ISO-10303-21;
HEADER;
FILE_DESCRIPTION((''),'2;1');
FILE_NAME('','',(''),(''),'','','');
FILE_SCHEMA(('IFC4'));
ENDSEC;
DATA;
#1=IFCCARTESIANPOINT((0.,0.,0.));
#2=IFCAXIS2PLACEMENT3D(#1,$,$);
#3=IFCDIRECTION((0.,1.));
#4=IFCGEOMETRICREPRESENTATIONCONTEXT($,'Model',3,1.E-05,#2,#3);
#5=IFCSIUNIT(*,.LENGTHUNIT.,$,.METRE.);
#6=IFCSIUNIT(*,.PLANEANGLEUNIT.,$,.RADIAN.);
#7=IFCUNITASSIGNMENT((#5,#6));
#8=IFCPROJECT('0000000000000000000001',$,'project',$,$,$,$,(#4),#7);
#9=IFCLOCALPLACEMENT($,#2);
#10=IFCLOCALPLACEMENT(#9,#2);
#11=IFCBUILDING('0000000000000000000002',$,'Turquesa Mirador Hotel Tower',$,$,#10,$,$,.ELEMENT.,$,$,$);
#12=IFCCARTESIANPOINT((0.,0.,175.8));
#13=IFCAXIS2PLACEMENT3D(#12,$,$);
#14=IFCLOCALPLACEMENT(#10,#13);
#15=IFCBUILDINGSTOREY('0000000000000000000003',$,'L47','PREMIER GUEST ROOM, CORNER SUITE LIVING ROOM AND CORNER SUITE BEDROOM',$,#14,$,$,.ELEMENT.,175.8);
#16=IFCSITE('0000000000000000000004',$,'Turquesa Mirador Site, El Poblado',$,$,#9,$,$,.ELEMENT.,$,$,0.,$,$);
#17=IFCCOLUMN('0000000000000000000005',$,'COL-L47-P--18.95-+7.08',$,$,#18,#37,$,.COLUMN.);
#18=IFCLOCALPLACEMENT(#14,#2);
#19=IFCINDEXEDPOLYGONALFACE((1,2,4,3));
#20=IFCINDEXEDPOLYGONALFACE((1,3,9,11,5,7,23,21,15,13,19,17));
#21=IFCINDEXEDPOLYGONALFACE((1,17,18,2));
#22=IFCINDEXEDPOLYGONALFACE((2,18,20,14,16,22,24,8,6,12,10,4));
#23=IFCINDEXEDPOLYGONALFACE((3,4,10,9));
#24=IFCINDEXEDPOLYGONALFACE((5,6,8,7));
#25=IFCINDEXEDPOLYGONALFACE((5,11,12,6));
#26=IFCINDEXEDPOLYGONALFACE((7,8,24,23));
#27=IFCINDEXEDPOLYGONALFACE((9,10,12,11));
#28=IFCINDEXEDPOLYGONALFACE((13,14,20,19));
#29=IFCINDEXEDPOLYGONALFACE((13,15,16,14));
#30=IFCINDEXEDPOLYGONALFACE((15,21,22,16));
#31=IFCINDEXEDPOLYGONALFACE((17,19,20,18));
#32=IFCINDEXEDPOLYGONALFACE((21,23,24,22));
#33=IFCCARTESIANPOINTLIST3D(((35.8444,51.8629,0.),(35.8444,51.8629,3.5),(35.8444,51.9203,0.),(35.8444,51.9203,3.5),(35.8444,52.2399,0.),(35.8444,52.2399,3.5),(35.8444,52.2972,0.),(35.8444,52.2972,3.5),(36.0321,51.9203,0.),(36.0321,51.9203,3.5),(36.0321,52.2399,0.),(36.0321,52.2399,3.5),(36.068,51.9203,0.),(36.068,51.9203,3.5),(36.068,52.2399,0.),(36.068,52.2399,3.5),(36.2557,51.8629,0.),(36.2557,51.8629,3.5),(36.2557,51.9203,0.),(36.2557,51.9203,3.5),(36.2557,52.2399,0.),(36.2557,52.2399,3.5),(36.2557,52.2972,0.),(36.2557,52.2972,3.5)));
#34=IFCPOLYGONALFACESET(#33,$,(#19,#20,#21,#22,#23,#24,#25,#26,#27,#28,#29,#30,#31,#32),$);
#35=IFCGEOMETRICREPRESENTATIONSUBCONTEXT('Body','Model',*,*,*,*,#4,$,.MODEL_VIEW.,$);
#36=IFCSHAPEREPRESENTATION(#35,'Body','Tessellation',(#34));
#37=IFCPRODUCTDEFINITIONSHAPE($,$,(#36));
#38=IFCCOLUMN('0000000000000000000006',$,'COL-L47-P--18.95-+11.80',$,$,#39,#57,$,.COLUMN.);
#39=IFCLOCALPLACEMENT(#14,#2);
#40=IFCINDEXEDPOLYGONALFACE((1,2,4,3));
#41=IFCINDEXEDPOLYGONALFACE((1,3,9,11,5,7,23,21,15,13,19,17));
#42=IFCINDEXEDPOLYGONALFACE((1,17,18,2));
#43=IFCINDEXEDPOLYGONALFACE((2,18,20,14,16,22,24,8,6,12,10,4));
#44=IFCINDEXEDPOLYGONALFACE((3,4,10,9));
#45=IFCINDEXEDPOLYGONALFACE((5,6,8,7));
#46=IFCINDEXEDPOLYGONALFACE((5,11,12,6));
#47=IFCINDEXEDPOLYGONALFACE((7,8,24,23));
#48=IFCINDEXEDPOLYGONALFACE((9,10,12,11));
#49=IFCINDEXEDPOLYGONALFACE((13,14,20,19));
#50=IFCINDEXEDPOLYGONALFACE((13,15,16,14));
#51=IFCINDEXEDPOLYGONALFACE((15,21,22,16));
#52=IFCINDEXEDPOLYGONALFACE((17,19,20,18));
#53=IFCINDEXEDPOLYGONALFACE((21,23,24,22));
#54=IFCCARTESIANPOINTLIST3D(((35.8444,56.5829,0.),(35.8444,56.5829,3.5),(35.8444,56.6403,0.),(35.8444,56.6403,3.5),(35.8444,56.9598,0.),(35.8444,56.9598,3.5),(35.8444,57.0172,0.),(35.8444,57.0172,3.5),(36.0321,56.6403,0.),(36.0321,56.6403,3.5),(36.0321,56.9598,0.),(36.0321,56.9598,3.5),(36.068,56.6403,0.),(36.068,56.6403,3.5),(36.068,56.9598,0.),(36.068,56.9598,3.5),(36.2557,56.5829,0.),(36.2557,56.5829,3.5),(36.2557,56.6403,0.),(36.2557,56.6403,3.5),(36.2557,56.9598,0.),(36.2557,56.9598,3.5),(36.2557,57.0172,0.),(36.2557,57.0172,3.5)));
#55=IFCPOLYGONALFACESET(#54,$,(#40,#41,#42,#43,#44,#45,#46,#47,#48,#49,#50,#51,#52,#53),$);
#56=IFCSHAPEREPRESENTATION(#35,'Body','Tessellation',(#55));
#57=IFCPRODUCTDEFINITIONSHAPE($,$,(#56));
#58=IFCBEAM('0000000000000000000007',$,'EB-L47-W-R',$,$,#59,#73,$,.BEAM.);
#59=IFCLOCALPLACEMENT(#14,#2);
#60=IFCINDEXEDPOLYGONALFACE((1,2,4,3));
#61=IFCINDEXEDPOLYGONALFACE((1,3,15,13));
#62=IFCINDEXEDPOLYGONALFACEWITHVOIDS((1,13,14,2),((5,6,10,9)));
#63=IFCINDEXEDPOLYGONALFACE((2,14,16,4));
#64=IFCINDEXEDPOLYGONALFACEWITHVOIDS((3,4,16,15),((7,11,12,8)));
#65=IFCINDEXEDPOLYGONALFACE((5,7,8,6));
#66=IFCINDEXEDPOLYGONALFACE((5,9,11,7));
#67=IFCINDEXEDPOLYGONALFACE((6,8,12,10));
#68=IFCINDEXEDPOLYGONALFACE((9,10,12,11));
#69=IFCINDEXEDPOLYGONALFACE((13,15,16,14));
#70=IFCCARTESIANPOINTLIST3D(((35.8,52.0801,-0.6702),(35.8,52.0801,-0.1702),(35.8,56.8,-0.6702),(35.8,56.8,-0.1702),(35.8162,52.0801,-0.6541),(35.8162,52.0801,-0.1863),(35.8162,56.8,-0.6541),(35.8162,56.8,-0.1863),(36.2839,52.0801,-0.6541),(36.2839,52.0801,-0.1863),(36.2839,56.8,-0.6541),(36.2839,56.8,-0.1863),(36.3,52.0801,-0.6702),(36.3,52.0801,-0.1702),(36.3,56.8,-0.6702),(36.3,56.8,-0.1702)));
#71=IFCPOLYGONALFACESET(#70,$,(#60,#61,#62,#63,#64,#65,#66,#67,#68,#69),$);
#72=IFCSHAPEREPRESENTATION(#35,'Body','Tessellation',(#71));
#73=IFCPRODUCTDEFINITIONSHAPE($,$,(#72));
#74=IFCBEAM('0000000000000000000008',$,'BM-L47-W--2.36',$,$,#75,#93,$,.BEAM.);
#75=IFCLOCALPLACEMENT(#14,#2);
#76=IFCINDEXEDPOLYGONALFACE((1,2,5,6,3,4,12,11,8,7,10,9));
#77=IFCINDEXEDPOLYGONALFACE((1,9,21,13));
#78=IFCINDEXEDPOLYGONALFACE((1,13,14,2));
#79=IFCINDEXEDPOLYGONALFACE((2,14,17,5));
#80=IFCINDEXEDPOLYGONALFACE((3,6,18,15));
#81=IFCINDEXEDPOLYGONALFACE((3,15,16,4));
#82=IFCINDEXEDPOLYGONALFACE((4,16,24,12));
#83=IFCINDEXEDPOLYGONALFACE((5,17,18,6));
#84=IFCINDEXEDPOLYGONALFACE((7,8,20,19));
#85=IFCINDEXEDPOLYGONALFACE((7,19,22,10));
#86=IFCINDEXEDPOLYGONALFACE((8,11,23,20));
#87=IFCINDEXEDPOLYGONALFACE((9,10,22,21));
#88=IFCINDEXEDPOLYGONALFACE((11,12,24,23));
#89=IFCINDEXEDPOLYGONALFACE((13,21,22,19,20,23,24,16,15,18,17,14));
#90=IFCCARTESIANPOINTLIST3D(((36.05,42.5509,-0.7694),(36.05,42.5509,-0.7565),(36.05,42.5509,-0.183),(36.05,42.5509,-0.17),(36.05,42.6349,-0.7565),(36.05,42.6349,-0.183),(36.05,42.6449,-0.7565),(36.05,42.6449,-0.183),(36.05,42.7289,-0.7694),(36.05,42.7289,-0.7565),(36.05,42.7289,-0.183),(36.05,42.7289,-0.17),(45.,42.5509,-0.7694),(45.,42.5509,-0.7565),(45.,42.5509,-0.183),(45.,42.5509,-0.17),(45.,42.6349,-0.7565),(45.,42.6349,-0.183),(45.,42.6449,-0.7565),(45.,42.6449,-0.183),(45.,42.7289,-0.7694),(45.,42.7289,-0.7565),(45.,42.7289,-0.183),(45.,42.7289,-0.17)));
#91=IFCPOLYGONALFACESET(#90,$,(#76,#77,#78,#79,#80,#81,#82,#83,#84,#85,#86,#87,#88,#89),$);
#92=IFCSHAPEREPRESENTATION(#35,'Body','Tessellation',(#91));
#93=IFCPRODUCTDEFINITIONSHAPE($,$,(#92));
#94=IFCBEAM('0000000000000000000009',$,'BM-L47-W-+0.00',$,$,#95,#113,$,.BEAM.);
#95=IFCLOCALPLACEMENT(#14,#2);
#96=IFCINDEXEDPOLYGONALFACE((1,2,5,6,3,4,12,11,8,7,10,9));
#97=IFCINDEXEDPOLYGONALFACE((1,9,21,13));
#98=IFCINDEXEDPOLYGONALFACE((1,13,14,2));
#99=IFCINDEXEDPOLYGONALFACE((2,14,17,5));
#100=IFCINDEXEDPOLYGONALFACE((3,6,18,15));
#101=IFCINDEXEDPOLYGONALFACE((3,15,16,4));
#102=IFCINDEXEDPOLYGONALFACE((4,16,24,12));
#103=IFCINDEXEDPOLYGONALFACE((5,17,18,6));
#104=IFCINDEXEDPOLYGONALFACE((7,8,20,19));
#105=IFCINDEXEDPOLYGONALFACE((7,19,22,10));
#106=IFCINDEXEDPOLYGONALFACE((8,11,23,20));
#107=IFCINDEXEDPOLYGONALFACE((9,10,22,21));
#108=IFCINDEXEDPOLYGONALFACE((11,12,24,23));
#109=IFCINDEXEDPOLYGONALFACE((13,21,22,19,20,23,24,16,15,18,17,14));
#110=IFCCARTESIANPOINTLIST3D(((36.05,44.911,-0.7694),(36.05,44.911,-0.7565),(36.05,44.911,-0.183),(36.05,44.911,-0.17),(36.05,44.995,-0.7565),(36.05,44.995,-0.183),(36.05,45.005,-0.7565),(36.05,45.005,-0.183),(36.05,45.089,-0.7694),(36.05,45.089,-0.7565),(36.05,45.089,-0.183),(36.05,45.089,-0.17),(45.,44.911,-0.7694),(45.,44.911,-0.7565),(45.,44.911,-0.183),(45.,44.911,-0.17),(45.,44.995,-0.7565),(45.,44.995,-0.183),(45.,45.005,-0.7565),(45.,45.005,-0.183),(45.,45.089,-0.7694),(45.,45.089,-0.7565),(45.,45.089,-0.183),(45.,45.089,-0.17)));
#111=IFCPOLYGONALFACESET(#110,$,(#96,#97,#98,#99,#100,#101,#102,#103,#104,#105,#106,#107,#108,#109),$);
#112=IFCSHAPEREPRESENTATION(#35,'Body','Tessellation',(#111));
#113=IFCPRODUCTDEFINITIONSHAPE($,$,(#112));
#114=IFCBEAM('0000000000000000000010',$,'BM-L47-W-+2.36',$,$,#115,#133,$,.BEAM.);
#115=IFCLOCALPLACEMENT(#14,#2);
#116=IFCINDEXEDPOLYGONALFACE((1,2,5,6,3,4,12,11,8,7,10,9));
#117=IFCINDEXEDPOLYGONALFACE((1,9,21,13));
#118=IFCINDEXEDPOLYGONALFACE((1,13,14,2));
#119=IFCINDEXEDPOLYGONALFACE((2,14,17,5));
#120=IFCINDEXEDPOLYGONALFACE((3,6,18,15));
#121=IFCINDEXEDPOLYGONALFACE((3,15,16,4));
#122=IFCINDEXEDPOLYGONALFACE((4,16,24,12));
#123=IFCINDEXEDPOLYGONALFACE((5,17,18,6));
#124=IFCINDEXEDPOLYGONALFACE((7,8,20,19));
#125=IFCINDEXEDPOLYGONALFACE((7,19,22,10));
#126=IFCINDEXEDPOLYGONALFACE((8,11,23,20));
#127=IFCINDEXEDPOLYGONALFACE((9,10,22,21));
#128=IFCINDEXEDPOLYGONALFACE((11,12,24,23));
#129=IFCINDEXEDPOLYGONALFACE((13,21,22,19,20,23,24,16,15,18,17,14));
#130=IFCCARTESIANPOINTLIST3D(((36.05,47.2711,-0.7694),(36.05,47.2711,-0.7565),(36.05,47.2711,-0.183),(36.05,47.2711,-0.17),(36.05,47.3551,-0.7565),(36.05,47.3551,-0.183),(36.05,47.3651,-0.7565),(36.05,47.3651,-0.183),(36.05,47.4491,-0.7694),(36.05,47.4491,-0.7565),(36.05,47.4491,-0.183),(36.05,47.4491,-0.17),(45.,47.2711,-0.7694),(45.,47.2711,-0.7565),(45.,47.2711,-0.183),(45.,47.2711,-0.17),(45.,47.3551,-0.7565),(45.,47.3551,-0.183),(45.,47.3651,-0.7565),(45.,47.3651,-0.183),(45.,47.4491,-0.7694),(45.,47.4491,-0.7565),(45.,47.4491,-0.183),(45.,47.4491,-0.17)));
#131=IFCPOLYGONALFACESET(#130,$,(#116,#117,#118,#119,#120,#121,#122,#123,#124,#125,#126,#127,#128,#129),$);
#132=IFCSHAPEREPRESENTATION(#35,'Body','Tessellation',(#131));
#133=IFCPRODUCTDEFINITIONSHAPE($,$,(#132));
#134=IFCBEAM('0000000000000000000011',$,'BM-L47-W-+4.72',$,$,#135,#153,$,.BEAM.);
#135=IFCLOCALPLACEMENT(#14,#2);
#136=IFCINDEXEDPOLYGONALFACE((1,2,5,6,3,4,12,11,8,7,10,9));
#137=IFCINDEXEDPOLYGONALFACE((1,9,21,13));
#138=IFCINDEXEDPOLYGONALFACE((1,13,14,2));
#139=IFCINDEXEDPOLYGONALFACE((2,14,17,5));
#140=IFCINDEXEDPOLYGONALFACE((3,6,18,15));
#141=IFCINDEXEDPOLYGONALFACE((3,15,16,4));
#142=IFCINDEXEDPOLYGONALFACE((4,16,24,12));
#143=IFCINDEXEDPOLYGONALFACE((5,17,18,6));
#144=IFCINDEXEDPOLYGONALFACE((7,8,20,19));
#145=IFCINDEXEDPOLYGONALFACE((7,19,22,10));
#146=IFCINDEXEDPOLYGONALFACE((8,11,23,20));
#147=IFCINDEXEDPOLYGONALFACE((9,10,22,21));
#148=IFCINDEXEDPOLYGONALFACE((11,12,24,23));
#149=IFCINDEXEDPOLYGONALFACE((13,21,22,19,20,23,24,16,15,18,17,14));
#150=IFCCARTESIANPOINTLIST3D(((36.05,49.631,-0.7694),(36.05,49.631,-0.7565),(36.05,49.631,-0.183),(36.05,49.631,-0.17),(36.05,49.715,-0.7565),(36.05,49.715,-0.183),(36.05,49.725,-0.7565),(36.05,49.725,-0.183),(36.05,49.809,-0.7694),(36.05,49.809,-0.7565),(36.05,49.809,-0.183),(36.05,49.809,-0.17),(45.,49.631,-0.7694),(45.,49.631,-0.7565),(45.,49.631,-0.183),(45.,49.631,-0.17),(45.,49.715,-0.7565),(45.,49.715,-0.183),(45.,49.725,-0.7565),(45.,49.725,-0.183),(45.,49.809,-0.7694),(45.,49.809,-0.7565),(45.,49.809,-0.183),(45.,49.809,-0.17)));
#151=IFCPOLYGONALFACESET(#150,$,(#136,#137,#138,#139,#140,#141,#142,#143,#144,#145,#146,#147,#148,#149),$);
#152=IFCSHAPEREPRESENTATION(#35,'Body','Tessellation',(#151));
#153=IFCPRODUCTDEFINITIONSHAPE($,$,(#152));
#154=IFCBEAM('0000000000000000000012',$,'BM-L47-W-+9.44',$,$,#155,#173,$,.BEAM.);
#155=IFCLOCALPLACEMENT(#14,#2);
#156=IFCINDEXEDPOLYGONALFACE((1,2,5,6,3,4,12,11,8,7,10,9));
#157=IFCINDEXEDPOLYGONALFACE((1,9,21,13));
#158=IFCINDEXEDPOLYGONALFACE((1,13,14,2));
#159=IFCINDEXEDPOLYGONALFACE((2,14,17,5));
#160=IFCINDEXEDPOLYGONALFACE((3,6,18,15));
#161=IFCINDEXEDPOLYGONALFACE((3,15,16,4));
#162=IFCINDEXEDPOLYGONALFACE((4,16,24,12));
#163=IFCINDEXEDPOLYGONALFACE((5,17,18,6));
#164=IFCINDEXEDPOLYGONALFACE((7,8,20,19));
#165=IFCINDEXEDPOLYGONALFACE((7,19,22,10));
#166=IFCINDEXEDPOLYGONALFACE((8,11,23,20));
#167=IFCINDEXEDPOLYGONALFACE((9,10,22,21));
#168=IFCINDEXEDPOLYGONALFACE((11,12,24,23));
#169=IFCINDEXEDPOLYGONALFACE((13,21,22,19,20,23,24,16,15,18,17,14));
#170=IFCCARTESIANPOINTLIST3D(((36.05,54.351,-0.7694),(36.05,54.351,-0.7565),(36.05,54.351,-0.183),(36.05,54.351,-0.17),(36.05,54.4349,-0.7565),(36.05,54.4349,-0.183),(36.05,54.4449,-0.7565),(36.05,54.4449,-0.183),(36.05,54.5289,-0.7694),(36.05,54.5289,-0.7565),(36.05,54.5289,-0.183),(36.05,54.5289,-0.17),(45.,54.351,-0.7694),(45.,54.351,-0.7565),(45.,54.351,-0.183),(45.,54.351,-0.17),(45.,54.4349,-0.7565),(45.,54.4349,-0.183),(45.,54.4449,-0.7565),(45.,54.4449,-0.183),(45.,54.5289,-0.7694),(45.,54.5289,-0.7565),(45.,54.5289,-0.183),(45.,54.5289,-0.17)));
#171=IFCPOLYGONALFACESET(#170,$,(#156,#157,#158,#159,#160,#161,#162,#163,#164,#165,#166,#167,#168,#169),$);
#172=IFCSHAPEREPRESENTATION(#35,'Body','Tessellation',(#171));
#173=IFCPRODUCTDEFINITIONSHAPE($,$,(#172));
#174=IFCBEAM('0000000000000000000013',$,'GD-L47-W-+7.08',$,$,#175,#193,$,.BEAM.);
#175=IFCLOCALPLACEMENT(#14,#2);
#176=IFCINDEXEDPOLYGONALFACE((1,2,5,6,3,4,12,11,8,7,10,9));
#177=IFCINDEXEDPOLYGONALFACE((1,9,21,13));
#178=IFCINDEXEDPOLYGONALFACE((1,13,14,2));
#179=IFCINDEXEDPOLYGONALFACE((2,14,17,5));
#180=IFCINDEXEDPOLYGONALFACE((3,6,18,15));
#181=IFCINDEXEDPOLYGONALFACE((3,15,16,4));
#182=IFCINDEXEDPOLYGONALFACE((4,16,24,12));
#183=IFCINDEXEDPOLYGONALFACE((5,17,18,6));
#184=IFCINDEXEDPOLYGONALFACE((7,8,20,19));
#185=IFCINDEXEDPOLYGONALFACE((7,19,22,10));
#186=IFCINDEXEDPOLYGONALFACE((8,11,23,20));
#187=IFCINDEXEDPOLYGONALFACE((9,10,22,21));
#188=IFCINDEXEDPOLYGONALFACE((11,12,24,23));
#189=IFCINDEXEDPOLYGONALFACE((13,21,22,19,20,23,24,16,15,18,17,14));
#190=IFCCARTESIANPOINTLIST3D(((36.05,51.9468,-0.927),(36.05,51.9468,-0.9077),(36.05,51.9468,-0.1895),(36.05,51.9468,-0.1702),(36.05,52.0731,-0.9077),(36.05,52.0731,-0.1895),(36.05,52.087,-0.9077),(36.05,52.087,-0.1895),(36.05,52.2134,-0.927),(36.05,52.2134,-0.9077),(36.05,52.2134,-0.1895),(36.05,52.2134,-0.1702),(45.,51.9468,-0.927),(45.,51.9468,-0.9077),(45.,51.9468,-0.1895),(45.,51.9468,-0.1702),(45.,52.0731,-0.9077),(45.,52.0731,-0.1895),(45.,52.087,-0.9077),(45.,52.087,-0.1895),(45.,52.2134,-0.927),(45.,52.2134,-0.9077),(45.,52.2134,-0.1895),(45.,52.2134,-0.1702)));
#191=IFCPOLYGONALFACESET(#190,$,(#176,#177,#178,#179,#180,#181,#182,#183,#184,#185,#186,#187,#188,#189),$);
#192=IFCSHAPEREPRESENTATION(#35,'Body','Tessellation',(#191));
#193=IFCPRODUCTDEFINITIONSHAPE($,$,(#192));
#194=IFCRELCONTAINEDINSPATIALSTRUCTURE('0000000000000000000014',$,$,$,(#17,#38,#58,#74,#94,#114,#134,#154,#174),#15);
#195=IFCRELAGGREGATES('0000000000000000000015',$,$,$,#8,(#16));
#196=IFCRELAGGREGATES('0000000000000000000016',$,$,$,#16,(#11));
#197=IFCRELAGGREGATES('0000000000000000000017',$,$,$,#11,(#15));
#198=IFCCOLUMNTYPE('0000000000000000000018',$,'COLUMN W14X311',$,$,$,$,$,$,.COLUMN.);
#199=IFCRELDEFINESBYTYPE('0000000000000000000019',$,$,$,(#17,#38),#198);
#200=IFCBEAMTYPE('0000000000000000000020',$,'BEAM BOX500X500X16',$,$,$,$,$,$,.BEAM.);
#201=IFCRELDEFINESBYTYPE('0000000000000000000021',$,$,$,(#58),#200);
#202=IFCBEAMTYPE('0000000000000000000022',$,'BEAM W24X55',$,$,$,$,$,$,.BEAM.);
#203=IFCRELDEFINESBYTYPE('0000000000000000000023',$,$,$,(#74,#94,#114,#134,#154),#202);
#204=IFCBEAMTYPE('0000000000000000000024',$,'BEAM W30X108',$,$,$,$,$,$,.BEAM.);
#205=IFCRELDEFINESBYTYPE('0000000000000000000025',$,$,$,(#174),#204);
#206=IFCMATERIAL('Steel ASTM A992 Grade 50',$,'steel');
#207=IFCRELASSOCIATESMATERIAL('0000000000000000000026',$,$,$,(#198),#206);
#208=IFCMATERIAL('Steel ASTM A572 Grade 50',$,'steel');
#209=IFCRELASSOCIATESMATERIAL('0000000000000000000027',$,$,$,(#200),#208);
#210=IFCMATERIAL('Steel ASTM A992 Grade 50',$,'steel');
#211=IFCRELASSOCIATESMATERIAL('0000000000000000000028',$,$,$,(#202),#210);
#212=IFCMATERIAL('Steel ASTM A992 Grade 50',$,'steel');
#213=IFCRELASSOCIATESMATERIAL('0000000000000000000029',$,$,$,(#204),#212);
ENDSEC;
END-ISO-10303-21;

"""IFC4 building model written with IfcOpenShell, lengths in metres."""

from ifc_helpers import new_model, si_unit, direction, frame, origin, origin_2d, place, context, subcontext, project, spatial, hollow_rectangle, i_section, extrude, material, material_profile, profile_set, type_object, element, save


model = new_model("IFC4")

# Units and contexts
model_context = context("Model", 3, precision=1e-05, world=origin(), true_north=direction((0.0, 1.0)))
body_context = subcontext(model_context, "Body", "Model", "MODEL_VIEW")
ifc_project = project(units=[si_unit("LENGTHUNIT", "METRE"), si_unit("PLANEANGLEUNIT", "RADIAN")], contexts=[model_context])

# Site, building, storey
site_placement = place(None, origin())
site = spatial("IfcSite", under=ifc_project, at=site_placement, Name="Turquesa Mirador Site, El Poblado", CompositionType="ELEMENT", RefElevation=0.0)
building_placement = place(site_placement, origin())
building = spatial("IfcBuilding", under=site, at=building_placement, Name="Turquesa Mirador Hotel Tower", CompositionType="ELEMENT")
storey_placement = place(building_placement, frame((0.0, 0.0, 175.8)))
storey = spatial("IfcBuildingStorey", under=building, at=storey_placement, Name="L47", Description="PREMIER GUEST ROOM, CORNER SUITE LIVING ROOM AND CORNER SUITE BEDROOM", CompositionType="ELEMENT", Elevation=175.8)

# Columns
ifc_material_1 = material(Name="Steel ASTM A992 Grade 50", Category="steel")
ifc_material_profile_1 = material_profile(ifc_material_1, i_section(OverallWidth=0.4114, OverallDepth=0.4343, WebThickness=0.0359, FlangeThickness=0.0574, at=origin_2d()), Name="W14X311")
ifc_profile_set_1 = profile_set([ifc_material_profile_1], Name="Steel ASTM A992 Grade 50")
column_type = type_object("IfcColumnType", Name="COLUMN W14X311", PredefinedType="COLUMN", material=ifc_profile_set_1)
for number, where, z_axis, x_axis, name in (
    (1, (36.05, 52.0801, 0.0), (0.0, 0.0, 1.0), (1.0, 0.0, 0.0), "COL-L47-P--18.95-+7.08"),
    (2, (36.05, 56.8, 0.0), (0.0, 0.0, 1.0), (1.0, 0.0, 0.0), "COL-L47-P--18.95-+11.80"),
):
    element("IfcColumn", number, at=place(storey_placement, frame(where, z_axis=z_axis, x_axis=x_axis)), inside=storey, type_object=column_type, Name=name, PredefinedType="COLUMN", context=body_context, shape_type="SweptSolid", body=[
        extrude(i_section(OverallWidth=0.4114, OverallDepth=0.4343, WebThickness=0.0359, FlangeThickness=0.0574, at=origin_2d()), origin(), (0.0, 0.0, 1.0), 3.5),
    ])

# Beams
ifc_material_2 = material(Name="Steel ASTM A572 Grade 50", Category="steel")
ifc_material_profile_2 = material_profile(ifc_material_2, hollow_rectangle(XDim=0.5, YDim=0.5, WallThickness=0.0161, at=origin_2d()), Name="BOX500X500X16")
ifc_profile_set_2 = profile_set([ifc_material_profile_2], Name="Steel ASTM A572 Grade 50")
beam_type_1 = type_object("IfcBeamType", Name="BEAM BOX500X500X16", PredefinedType="BEAM", material=ifc_profile_set_2)
beam_1_placement = place(storey_placement, frame((36.05, 52.0801, -0.4202), z_axis=(0.0, 1.0, 0.0), x_axis=(-1.0, 0.0, 0.0)))
element("IfcBeam", 3, at=beam_1_placement, inside=storey, type_object=beam_type_1, Name="EB-L47-W-R", PredefinedType="BEAM", context=body_context, shape_type="SweptSolid", body=[
    extrude(hollow_rectangle(XDim=0.5, YDim=0.5, WallThickness=0.0161, at=origin_2d()), origin(), (0.0, 0.0, 1.0), 4.72),
])
ifc_material_3 = material(Name="Steel ASTM A992 Grade 50", Category="steel")
ifc_material_profile_3 = material_profile(ifc_material_3, i_section(OverallWidth=0.178, OverallDepth=0.5994, WebThickness=0.01, FlangeThickness=0.0129, at=origin_2d()), Name="W24X55")
ifc_profile_set_3 = profile_set([ifc_material_profile_3], Name="Steel ASTM A992 Grade 50")
beam_type_2 = type_object("IfcBeamType", Name="BEAM W24X55", PredefinedType="BEAM", material=ifc_profile_set_3)
for number, where, z_axis, x_axis, name in (
    (4, (36.05, 42.6399, -0.4697), (1.0, 0.0, 0.0), (0.0, 1.0, 0.0), "BM-L47-W--2.36"),
    (5, (36.05, 45.0, -0.4697), (1.0, 0.0, 0.0), (0.0, 1.0, 0.0), "BM-L47-W-+0.00"),
    (6, (36.05, 47.3601, -0.4697), (1.0, 0.0, 0.0), (0.0, 1.0, 0.0), "BM-L47-W-+2.36"),
    (7, (36.05, 49.72, -0.4697), (1.0, 0.0, 0.0), (0.0, 1.0, 0.0), "BM-L47-W-+4.72"),
    (8, (36.05, 54.4399, -0.4697), (1.0, 0.0, 0.0), (0.0, 1.0, 0.0), "BM-L47-W-+9.44"),
):
    element("IfcBeam", number, at=place(storey_placement, frame(where, z_axis=z_axis, x_axis=x_axis)), inside=storey, type_object=beam_type_2, Name=name, PredefinedType="BEAM", context=body_context, shape_type="SweptSolid", body=[
        extrude(i_section(OverallWidth=0.178, OverallDepth=0.5994, WebThickness=0.01, FlangeThickness=0.0129, at=origin_2d()), origin(), (0.0, 0.0, 1.0), 8.95),
    ])
ifc_material_4 = material(Name="Steel ASTM A992 Grade 50", Category="steel")
ifc_material_profile_4 = material_profile(ifc_material_4, i_section(OverallWidth=0.2666, OverallDepth=0.7568, WebThickness=0.0139, FlangeThickness=0.0193, at=origin_2d()), Name="W30X108")
ifc_profile_set_4 = profile_set([ifc_material_profile_4], Name="Steel ASTM A992 Grade 50")
beam_type_3 = type_object("IfcBeamType", Name="BEAM W30X108", PredefinedType="BEAM", material=ifc_profile_set_4)
beam_2_placement = place(storey_placement, frame((36.05, 52.0801, -0.5486), z_axis=(1.0, 0.0, 0.0), x_axis=(0.0, 1.0, 0.0)))
element("IfcBeam", 9, at=beam_2_placement, inside=storey, type_object=beam_type_3, Name="GD-L47-W-+7.08", PredefinedType="BEAM", context=body_context, shape_type="SweptSolid", body=[
    extrude(i_section(OverallWidth=0.2666, OverallDepth=0.7568, WebThickness=0.0139, FlangeThickness=0.0193, at=origin_2d()), origin(), (0.0, 0.0, 1.0), 8.95),
])

save(model, "model.ifc")
